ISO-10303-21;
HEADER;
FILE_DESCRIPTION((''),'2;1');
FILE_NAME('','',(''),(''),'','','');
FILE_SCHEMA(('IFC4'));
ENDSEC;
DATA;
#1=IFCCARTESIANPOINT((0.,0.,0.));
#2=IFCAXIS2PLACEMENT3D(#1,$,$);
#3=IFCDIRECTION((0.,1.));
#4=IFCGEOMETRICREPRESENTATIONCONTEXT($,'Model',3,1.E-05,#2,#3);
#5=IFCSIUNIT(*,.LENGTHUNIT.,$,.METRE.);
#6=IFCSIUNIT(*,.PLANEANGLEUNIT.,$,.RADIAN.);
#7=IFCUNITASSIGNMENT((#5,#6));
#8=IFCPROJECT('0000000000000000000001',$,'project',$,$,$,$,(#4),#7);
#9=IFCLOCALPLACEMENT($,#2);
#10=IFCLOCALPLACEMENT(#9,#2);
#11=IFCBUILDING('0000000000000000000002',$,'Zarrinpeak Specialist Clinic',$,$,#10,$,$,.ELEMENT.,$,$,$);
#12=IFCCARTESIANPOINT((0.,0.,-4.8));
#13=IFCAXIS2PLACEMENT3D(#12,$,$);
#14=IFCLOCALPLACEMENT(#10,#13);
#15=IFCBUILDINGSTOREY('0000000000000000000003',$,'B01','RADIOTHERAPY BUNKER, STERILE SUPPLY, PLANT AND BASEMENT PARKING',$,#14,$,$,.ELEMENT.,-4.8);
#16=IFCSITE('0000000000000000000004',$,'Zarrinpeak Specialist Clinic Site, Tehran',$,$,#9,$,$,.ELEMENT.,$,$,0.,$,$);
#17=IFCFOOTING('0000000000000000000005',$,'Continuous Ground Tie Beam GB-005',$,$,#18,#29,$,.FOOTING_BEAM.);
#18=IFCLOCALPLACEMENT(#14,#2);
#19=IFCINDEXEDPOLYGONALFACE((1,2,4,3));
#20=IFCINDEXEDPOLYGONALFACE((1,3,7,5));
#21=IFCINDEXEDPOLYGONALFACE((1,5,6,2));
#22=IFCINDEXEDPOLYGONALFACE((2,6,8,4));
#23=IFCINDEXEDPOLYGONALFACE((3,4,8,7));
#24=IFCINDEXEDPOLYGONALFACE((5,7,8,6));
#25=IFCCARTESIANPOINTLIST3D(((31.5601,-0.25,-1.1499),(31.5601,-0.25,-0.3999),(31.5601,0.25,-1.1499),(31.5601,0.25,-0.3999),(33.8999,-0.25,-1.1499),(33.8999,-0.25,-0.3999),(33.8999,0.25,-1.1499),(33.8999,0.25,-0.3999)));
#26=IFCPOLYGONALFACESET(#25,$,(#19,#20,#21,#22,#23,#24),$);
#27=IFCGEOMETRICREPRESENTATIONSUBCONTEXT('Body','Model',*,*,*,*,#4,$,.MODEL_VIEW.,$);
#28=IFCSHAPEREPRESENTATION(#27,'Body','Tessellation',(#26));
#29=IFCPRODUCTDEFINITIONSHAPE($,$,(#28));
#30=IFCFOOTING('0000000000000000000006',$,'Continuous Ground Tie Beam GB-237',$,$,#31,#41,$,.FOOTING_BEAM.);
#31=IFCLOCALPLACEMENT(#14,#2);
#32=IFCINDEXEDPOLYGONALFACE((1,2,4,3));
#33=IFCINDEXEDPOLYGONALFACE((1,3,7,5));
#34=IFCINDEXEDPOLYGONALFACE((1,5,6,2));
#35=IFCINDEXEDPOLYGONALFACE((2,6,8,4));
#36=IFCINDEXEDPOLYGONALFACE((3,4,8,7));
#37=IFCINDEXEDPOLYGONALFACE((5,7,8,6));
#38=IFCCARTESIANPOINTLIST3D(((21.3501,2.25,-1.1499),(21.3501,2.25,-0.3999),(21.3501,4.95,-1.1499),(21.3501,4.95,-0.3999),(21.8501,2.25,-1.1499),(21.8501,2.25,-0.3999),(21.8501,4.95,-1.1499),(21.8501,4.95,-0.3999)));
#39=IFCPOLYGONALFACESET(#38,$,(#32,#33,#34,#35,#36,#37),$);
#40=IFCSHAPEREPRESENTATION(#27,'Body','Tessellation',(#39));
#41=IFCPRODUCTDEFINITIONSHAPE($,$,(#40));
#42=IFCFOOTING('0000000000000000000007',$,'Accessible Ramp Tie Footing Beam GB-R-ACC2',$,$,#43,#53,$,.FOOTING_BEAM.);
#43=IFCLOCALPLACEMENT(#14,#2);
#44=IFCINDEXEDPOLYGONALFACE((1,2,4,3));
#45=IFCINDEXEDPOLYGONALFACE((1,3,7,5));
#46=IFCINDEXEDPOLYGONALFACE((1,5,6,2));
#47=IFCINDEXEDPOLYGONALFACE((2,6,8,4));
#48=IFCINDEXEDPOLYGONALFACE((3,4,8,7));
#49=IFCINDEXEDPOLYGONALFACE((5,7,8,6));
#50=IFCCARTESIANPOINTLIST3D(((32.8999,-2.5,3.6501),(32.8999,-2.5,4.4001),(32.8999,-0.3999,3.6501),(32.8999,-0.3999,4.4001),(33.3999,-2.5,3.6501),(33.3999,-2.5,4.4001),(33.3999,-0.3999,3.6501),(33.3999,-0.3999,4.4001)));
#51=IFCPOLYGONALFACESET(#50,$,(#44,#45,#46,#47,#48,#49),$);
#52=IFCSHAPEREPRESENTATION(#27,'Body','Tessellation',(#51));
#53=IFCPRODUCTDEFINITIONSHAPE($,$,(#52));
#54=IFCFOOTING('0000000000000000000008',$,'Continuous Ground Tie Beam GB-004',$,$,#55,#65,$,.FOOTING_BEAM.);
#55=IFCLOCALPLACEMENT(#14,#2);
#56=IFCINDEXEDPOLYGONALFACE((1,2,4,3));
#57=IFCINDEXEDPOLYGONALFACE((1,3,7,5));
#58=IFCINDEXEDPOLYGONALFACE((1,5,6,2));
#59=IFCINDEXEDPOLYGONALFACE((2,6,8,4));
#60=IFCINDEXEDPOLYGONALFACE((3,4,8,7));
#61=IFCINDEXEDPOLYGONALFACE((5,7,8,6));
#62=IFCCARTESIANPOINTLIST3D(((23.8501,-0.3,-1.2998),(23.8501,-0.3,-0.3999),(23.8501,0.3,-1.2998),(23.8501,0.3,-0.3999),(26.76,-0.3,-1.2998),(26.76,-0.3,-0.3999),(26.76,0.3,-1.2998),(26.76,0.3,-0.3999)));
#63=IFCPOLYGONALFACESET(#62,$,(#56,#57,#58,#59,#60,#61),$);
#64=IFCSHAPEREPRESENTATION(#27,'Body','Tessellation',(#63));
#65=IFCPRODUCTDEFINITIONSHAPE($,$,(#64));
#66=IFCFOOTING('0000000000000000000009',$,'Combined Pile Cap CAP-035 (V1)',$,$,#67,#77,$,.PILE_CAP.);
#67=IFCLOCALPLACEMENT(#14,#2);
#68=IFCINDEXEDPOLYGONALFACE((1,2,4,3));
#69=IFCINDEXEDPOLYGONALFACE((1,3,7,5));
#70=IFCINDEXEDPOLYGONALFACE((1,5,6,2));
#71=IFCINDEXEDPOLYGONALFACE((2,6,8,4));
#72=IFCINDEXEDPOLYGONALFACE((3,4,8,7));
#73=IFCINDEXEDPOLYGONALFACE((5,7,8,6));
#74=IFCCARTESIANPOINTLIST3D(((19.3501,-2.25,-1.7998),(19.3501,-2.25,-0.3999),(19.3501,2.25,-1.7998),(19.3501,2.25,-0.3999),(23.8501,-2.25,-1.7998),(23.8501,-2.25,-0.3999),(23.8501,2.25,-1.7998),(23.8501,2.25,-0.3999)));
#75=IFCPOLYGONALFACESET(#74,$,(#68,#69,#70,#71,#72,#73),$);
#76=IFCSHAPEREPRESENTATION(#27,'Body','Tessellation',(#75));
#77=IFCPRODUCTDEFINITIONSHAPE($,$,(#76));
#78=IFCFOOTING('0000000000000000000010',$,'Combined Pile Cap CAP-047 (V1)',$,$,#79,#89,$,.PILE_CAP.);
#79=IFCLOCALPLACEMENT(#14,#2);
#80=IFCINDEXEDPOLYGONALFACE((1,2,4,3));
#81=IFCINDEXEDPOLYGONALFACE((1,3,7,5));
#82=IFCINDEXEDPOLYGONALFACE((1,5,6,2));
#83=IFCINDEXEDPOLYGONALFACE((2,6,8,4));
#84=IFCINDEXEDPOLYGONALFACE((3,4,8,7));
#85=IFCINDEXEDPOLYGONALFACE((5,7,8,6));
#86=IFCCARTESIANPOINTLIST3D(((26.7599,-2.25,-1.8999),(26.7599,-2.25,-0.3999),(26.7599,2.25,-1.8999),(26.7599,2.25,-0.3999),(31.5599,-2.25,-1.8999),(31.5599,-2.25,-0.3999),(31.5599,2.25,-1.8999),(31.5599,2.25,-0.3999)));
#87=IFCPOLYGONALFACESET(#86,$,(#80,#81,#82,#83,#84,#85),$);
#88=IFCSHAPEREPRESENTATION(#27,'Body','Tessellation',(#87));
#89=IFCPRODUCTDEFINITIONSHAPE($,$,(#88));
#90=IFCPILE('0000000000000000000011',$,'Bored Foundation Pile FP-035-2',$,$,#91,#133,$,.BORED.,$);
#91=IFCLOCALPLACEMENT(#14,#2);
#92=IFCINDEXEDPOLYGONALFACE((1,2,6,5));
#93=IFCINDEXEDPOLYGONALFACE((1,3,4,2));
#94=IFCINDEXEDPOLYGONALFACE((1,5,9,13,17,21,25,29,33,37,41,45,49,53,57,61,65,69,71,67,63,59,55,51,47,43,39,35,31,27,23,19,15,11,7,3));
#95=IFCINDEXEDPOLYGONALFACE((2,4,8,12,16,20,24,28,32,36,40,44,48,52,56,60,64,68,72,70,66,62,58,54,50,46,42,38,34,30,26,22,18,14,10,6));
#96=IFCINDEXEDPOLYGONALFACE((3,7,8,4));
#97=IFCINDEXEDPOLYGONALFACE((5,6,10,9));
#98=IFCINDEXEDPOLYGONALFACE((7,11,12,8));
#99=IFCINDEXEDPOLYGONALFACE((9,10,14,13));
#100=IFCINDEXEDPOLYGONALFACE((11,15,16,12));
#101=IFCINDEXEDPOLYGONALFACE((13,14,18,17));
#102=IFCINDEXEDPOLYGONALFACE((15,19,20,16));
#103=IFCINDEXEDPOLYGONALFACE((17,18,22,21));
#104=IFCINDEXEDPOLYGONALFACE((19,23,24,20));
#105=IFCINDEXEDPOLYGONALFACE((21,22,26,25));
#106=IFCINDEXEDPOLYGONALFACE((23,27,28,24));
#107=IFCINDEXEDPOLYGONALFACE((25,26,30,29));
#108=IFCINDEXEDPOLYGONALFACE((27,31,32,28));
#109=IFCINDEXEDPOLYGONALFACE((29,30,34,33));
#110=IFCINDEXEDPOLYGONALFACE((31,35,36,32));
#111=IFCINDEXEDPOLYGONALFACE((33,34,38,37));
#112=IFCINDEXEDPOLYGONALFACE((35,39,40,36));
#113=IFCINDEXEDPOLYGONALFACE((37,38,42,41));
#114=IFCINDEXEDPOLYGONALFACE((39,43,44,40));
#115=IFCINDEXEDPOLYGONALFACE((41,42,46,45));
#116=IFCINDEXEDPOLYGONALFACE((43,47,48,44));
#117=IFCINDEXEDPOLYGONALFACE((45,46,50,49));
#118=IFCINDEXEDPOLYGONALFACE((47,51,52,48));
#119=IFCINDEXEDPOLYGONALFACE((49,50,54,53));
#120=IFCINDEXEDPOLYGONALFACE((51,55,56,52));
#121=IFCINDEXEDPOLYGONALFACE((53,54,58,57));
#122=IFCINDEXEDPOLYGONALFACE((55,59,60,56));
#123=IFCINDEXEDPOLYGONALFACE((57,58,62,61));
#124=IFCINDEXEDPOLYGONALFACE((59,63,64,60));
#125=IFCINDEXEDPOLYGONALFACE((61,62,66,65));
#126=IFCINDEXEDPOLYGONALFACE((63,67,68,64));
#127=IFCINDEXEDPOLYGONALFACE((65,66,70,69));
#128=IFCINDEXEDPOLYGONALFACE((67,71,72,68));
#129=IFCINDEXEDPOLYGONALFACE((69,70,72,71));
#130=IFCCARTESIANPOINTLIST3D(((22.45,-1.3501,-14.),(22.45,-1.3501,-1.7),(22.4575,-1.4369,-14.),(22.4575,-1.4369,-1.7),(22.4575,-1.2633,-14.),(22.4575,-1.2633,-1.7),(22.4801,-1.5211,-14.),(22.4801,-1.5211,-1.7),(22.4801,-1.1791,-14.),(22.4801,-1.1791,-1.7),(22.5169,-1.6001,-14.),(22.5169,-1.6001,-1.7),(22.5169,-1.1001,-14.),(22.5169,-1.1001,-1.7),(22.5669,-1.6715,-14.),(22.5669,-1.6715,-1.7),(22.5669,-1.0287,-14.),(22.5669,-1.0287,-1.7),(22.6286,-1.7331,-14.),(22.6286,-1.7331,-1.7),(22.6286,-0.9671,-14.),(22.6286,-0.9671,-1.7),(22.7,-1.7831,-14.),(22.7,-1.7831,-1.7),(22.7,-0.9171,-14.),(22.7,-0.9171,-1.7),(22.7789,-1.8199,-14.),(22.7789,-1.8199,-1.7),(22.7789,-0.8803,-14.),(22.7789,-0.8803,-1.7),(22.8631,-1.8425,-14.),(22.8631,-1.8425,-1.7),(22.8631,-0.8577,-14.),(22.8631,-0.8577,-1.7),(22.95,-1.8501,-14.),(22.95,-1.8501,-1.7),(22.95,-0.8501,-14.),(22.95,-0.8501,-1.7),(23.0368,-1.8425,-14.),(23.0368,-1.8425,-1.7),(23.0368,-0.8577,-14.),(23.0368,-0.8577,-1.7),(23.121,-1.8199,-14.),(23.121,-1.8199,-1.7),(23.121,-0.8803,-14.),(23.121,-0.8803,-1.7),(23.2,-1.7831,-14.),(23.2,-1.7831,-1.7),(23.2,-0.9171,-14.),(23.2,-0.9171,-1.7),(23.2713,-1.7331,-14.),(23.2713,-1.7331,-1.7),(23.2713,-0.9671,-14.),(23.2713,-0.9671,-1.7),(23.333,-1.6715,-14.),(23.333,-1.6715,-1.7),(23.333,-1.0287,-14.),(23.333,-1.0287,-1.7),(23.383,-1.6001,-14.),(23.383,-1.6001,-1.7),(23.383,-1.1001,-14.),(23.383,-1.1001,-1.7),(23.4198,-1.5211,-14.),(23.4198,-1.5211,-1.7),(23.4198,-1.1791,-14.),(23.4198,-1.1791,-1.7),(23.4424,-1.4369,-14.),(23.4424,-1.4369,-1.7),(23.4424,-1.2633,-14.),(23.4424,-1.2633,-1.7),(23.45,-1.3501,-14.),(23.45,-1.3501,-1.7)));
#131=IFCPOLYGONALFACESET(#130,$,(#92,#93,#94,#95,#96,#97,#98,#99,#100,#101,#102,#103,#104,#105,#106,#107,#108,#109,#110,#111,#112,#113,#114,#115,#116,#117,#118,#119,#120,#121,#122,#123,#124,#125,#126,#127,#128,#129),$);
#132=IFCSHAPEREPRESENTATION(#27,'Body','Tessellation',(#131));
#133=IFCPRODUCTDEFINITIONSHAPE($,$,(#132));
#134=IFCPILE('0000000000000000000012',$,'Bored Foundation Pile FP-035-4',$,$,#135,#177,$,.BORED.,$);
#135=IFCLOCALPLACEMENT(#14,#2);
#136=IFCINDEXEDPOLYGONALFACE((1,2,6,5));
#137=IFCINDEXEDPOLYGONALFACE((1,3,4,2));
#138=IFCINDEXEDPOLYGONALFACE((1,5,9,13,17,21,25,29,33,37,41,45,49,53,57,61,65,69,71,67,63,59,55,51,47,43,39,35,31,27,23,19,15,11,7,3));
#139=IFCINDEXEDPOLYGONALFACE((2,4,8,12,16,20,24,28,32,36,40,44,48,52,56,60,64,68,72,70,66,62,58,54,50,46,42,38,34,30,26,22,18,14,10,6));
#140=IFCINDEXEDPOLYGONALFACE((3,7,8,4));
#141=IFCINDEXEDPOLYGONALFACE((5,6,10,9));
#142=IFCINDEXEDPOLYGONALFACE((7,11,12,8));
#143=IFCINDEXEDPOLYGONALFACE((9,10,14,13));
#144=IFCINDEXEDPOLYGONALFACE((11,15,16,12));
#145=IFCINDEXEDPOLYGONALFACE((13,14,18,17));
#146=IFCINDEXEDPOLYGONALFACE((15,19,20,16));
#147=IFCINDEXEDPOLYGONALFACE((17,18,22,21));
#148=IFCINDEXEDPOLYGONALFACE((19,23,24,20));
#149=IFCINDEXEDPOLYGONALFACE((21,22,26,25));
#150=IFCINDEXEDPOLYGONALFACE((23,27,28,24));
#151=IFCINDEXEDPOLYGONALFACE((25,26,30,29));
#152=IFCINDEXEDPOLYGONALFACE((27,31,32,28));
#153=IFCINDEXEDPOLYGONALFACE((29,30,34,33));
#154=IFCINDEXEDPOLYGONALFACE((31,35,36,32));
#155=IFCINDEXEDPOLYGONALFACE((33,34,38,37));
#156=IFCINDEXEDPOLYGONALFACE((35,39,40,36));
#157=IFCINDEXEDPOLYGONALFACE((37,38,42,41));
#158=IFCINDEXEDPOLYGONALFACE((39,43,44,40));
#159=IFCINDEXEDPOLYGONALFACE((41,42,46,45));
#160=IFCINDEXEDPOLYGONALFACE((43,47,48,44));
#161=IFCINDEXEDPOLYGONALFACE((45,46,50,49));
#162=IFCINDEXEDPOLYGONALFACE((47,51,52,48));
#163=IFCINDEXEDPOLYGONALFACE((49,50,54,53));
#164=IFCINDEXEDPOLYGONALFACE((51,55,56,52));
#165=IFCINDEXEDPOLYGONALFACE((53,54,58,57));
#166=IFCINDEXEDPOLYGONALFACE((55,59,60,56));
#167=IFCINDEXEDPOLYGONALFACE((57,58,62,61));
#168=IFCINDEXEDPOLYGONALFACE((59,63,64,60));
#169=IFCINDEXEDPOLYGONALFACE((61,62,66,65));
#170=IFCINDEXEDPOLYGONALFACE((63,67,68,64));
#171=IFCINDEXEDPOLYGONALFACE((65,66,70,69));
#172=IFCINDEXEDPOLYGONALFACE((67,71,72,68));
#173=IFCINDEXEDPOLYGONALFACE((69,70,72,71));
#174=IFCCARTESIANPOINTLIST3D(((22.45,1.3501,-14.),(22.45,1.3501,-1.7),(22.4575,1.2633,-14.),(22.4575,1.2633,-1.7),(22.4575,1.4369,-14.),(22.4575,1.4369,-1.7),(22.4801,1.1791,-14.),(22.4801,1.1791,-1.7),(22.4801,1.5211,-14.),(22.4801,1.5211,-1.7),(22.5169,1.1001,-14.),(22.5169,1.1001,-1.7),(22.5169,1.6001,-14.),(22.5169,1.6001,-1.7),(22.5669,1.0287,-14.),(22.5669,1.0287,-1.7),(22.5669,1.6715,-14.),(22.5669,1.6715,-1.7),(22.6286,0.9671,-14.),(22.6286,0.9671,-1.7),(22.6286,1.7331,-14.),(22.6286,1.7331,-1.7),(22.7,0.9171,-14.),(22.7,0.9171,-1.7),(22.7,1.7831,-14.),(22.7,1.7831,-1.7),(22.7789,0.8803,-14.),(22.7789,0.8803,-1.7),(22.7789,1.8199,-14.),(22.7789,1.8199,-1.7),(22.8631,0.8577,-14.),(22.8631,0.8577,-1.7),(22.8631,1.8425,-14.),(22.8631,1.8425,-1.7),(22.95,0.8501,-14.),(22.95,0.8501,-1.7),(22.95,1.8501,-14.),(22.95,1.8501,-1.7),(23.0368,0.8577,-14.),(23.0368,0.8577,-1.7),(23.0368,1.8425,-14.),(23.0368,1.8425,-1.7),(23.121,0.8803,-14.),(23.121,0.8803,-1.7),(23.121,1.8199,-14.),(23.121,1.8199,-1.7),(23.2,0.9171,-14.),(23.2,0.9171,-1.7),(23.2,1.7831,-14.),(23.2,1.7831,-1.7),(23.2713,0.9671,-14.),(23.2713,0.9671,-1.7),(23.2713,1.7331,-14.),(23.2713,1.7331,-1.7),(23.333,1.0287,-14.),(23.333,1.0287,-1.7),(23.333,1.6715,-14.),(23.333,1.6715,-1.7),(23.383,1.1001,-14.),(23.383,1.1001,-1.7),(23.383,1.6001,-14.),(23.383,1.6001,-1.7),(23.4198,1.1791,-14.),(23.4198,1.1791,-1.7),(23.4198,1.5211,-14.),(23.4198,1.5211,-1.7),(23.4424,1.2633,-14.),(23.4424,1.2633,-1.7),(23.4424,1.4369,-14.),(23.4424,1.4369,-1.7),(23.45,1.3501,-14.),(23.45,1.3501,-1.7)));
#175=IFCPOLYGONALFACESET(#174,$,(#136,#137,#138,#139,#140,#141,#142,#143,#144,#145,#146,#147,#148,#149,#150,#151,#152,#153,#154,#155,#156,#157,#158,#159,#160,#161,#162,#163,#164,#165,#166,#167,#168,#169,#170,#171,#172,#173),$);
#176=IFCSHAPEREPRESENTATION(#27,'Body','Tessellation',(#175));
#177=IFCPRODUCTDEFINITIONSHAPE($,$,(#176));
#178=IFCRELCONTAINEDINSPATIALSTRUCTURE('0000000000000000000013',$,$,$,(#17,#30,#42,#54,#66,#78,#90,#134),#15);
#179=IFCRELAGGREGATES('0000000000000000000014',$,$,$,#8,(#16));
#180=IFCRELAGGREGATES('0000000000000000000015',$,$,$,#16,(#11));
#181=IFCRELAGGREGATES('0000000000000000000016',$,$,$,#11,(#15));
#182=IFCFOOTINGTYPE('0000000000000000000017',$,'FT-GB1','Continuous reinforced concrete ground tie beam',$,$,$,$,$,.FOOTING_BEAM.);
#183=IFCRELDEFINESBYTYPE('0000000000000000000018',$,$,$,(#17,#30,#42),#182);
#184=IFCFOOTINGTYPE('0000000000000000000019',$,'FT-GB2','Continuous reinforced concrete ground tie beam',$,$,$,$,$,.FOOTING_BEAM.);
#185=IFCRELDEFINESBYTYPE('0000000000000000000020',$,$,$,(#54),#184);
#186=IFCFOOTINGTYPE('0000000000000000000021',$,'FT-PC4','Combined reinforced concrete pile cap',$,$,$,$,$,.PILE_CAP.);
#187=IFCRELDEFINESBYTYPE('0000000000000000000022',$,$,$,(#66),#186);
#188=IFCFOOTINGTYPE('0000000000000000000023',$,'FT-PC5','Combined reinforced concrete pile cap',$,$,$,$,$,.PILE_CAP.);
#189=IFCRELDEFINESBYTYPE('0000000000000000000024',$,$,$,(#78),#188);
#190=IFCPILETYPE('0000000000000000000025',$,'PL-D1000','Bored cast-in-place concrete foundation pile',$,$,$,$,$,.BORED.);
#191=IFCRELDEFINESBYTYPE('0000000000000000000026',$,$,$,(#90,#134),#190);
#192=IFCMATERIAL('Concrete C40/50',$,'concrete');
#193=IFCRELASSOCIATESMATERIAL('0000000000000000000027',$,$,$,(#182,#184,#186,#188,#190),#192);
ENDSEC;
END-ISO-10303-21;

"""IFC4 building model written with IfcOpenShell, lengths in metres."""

from ifc_helpers import new_model, si_unit, direction, frame, origin, origin_2d, place, context, subcontext, project, spatial, rectangle, circle, extrude, material, material_profile, profile_set, type_object, element, save


model = new_model("IFC4")

# Units and contexts
model_context = context("Model", 3, precision=1e-05, world=origin(), true_north=direction((0.0, 1.0)))
body_context = subcontext(model_context, "Body", "Model", "MODEL_VIEW")
ifc_project = project(units=[si_unit("LENGTHUNIT", "METRE"), si_unit("PLANEANGLEUNIT", "RADIAN")], contexts=[model_context])

# Site, building, storey
site_placement = place(None, origin())
site = spatial("IfcSite", under=ifc_project, at=site_placement, Name="Zarrinpeak Specialist Clinic Site, Tehran", CompositionType="ELEMENT", RefElevation=0.0)
building_placement = place(site_placement, origin())
building = spatial("IfcBuilding", under=site, at=building_placement, Name="Zarrinpeak Specialist Clinic", CompositionType="ELEMENT")
storey_placement = place(building_placement, frame((0.0, 0.0, -4.8)))
storey = spatial("IfcBuildingStorey", under=building, at=storey_placement, Name="B01", Description="RADIOTHERAPY BUNKER, STERILE SUPPLY, PLANT AND BASEMENT PARKING", CompositionType="ELEMENT", Elevation=-4.8)

# Footings
ifc_material_1 = material(Name="Concrete C40/50", Category="concrete")
ifc_material_profile_1 = material_profile(ifc_material_1, rectangle(XDim=0.5, YDim=0.75, at=origin_2d()), Name="RC 500x750")
ifc_profile_set_1 = profile_set([ifc_material_profile_1], Name="Concrete C40/50")
footing_type_1 = type_object("IfcFootingType", Name="FT-GB1", Description="Continuous reinforced concrete ground tie beam", PredefinedType="FOOTING_BEAM", material=ifc_profile_set_1)
footing_1_placement = place(storey_placement, frame((31.5601, 0.0, -0.7749), z_axis=(1.0, 0.0, 0.0), x_axis=(0.0, 1.0, 0.0)))
element("IfcFooting", 1, at=footing_1_placement, inside=storey, type_object=footing_type_1, Name="Continuous Ground Tie Beam GB-005", PredefinedType="FOOTING_BEAM", context=body_context, shape_type="SweptSolid", body=[
    extrude(rectangle(XDim=0.5, YDim=0.75, at=origin_2d()), origin(), (0.0, 0.0, 1.0), 2.3398),
])
footing_2_placement = place(storey_placement, frame((21.6001, 2.25, -0.7749), z_axis=(0.0, 1.0, 0.0), x_axis=(-1.0, 0.0, 0.0)))
element("IfcFooting", 2, at=footing_2_placement, inside=storey, type_object=footing_type_1, Name="Continuous Ground Tie Beam GB-237", PredefinedType="FOOTING_BEAM", context=body_context, shape_type="SweptSolid", body=[
    extrude(rectangle(XDim=0.5, YDim=0.75, at=origin_2d()), origin(), (0.0, 0.0, 1.0), 2.7),
])
footing_3_placement = place(storey_placement, frame((33.1499, -2.5, 4.0251), z_axis=(0.0, 1.0, 0.0), x_axis=(-1.0, 0.0, 0.0)))
element("IfcFooting", 3, at=footing_3_placement, inside=storey, type_object=footing_type_1, Name="Accessible Ramp Tie Footing Beam GB-R-ACC2", PredefinedType="FOOTING_BEAM", context=body_context, shape_type="SweptSolid", body=[
    extrude(rectangle(XDim=0.5, YDim=0.75, at=origin_2d()), origin(), (0.0, 0.0, 1.0), 2.1001),
])
ifc_material_profile_2 = material_profile(ifc_material_1, rectangle(XDim=0.6001, YDim=0.8999, at=origin_2d()), Name="RC 600x900")
ifc_profile_set_2 = profile_set([ifc_material_profile_2], Name="Concrete C40/50")
footing_type_2 = type_object("IfcFootingType", Name="FT-GB2", Description="Continuous reinforced concrete ground tie beam", PredefinedType="FOOTING_BEAM", material=ifc_profile_set_2)
footing_4_placement = place(storey_placement, frame((23.8501, 0.0, -0.8499), z_axis=(1.0, 0.0, 0.0), x_axis=(0.0, 1.0, 0.0)))
element("IfcFooting", 4, at=footing_4_placement, inside=storey, type_object=footing_type_2, Name="Continuous Ground Tie Beam GB-004", PredefinedType="FOOTING_BEAM", context=body_context, shape_type="SweptSolid", body=[
    extrude(rectangle(XDim=0.6001, YDim=0.8999, at=origin_2d()), origin(), (0.0, 0.0, 1.0), 2.9099),
])
footing_type_3 = type_object("IfcFootingType", Name="FT-PC4", Description="Combined reinforced concrete pile cap", PredefinedType="PILE_CAP", material=ifc_material_1)
footing_5_placement = place(storey_placement, frame((21.6001, 0.0, -1.7998), z_axis=(0.0, 0.0, 1.0), x_axis=(1.0, 0.0, 0.0)))
element("IfcFooting", 5, at=footing_5_placement, inside=storey, type_object=footing_type_3, Name="Combined Pile Cap CAP-035 (V1)", PredefinedType="PILE_CAP", context=body_context, shape_type="SweptSolid", body=[
    extrude(rectangle(XDim=4.5, YDim=4.5, at=origin_2d()), origin(), (0.0, 0.0, 1.0), 1.3999),
])
footing_type_4 = type_object("IfcFootingType", Name="FT-PC5", Description="Combined reinforced concrete pile cap", PredefinedType="PILE_CAP", material=ifc_material_1)
footing_6_placement = place(storey_placement, frame((29.1599, 0.0, -1.8999), z_axis=(0.0, 0.0, 1.0), x_axis=(1.0, 0.0, 0.0)))
element("IfcFooting", 6, at=footing_6_placement, inside=storey, type_object=footing_type_4, Name="Combined Pile Cap CAP-047 (V1)", PredefinedType="PILE_CAP", context=body_context, shape_type="SweptSolid", body=[
    extrude(rectangle(XDim=4.8, YDim=4.5, at=origin_2d()), origin(), (0.0, 0.0, 1.0), 1.5),
])

# Piles
ifc_material_profile_3 = material_profile(ifc_material_1, circle(Radius=0.5, at=origin_2d()), Name="BORED PILE D1000")
ifc_profile_set_3 = profile_set([ifc_material_profile_3], Name="Concrete C40/50")
pile_type = type_object("IfcPileType", Name="PL-D1000", Description="Bored cast-in-place concrete foundation pile", PredefinedType="BORED", material=ifc_profile_set_3)
for number, where, z_axis, x_axis, name in (
    (7, (22.95, -1.3501, -1.7), (0.0, 0.0, -1.0), (1.0, 0.0, 0.0), "Bored Foundation Pile FP-035-2"),
    (8, (22.95, 1.3501, -1.7), (0.0, 0.0, -1.0), (1.0, 0.0, 0.0), "Bored Foundation Pile FP-035-4"),
):
    element("IfcPile", number, at=place(storey_placement, frame(where, z_axis=z_axis, x_axis=x_axis)), inside=storey, type_object=pile_type, Name=name, PredefinedType="BORED", context=body_context, shape_type="SweptSolid", body=[
        extrude(circle(Radius=0.5, at=origin_2d()), origin(), (0.0, 0.0, 1.0), 12.3),
    ])

save(model, "model.ifc")
